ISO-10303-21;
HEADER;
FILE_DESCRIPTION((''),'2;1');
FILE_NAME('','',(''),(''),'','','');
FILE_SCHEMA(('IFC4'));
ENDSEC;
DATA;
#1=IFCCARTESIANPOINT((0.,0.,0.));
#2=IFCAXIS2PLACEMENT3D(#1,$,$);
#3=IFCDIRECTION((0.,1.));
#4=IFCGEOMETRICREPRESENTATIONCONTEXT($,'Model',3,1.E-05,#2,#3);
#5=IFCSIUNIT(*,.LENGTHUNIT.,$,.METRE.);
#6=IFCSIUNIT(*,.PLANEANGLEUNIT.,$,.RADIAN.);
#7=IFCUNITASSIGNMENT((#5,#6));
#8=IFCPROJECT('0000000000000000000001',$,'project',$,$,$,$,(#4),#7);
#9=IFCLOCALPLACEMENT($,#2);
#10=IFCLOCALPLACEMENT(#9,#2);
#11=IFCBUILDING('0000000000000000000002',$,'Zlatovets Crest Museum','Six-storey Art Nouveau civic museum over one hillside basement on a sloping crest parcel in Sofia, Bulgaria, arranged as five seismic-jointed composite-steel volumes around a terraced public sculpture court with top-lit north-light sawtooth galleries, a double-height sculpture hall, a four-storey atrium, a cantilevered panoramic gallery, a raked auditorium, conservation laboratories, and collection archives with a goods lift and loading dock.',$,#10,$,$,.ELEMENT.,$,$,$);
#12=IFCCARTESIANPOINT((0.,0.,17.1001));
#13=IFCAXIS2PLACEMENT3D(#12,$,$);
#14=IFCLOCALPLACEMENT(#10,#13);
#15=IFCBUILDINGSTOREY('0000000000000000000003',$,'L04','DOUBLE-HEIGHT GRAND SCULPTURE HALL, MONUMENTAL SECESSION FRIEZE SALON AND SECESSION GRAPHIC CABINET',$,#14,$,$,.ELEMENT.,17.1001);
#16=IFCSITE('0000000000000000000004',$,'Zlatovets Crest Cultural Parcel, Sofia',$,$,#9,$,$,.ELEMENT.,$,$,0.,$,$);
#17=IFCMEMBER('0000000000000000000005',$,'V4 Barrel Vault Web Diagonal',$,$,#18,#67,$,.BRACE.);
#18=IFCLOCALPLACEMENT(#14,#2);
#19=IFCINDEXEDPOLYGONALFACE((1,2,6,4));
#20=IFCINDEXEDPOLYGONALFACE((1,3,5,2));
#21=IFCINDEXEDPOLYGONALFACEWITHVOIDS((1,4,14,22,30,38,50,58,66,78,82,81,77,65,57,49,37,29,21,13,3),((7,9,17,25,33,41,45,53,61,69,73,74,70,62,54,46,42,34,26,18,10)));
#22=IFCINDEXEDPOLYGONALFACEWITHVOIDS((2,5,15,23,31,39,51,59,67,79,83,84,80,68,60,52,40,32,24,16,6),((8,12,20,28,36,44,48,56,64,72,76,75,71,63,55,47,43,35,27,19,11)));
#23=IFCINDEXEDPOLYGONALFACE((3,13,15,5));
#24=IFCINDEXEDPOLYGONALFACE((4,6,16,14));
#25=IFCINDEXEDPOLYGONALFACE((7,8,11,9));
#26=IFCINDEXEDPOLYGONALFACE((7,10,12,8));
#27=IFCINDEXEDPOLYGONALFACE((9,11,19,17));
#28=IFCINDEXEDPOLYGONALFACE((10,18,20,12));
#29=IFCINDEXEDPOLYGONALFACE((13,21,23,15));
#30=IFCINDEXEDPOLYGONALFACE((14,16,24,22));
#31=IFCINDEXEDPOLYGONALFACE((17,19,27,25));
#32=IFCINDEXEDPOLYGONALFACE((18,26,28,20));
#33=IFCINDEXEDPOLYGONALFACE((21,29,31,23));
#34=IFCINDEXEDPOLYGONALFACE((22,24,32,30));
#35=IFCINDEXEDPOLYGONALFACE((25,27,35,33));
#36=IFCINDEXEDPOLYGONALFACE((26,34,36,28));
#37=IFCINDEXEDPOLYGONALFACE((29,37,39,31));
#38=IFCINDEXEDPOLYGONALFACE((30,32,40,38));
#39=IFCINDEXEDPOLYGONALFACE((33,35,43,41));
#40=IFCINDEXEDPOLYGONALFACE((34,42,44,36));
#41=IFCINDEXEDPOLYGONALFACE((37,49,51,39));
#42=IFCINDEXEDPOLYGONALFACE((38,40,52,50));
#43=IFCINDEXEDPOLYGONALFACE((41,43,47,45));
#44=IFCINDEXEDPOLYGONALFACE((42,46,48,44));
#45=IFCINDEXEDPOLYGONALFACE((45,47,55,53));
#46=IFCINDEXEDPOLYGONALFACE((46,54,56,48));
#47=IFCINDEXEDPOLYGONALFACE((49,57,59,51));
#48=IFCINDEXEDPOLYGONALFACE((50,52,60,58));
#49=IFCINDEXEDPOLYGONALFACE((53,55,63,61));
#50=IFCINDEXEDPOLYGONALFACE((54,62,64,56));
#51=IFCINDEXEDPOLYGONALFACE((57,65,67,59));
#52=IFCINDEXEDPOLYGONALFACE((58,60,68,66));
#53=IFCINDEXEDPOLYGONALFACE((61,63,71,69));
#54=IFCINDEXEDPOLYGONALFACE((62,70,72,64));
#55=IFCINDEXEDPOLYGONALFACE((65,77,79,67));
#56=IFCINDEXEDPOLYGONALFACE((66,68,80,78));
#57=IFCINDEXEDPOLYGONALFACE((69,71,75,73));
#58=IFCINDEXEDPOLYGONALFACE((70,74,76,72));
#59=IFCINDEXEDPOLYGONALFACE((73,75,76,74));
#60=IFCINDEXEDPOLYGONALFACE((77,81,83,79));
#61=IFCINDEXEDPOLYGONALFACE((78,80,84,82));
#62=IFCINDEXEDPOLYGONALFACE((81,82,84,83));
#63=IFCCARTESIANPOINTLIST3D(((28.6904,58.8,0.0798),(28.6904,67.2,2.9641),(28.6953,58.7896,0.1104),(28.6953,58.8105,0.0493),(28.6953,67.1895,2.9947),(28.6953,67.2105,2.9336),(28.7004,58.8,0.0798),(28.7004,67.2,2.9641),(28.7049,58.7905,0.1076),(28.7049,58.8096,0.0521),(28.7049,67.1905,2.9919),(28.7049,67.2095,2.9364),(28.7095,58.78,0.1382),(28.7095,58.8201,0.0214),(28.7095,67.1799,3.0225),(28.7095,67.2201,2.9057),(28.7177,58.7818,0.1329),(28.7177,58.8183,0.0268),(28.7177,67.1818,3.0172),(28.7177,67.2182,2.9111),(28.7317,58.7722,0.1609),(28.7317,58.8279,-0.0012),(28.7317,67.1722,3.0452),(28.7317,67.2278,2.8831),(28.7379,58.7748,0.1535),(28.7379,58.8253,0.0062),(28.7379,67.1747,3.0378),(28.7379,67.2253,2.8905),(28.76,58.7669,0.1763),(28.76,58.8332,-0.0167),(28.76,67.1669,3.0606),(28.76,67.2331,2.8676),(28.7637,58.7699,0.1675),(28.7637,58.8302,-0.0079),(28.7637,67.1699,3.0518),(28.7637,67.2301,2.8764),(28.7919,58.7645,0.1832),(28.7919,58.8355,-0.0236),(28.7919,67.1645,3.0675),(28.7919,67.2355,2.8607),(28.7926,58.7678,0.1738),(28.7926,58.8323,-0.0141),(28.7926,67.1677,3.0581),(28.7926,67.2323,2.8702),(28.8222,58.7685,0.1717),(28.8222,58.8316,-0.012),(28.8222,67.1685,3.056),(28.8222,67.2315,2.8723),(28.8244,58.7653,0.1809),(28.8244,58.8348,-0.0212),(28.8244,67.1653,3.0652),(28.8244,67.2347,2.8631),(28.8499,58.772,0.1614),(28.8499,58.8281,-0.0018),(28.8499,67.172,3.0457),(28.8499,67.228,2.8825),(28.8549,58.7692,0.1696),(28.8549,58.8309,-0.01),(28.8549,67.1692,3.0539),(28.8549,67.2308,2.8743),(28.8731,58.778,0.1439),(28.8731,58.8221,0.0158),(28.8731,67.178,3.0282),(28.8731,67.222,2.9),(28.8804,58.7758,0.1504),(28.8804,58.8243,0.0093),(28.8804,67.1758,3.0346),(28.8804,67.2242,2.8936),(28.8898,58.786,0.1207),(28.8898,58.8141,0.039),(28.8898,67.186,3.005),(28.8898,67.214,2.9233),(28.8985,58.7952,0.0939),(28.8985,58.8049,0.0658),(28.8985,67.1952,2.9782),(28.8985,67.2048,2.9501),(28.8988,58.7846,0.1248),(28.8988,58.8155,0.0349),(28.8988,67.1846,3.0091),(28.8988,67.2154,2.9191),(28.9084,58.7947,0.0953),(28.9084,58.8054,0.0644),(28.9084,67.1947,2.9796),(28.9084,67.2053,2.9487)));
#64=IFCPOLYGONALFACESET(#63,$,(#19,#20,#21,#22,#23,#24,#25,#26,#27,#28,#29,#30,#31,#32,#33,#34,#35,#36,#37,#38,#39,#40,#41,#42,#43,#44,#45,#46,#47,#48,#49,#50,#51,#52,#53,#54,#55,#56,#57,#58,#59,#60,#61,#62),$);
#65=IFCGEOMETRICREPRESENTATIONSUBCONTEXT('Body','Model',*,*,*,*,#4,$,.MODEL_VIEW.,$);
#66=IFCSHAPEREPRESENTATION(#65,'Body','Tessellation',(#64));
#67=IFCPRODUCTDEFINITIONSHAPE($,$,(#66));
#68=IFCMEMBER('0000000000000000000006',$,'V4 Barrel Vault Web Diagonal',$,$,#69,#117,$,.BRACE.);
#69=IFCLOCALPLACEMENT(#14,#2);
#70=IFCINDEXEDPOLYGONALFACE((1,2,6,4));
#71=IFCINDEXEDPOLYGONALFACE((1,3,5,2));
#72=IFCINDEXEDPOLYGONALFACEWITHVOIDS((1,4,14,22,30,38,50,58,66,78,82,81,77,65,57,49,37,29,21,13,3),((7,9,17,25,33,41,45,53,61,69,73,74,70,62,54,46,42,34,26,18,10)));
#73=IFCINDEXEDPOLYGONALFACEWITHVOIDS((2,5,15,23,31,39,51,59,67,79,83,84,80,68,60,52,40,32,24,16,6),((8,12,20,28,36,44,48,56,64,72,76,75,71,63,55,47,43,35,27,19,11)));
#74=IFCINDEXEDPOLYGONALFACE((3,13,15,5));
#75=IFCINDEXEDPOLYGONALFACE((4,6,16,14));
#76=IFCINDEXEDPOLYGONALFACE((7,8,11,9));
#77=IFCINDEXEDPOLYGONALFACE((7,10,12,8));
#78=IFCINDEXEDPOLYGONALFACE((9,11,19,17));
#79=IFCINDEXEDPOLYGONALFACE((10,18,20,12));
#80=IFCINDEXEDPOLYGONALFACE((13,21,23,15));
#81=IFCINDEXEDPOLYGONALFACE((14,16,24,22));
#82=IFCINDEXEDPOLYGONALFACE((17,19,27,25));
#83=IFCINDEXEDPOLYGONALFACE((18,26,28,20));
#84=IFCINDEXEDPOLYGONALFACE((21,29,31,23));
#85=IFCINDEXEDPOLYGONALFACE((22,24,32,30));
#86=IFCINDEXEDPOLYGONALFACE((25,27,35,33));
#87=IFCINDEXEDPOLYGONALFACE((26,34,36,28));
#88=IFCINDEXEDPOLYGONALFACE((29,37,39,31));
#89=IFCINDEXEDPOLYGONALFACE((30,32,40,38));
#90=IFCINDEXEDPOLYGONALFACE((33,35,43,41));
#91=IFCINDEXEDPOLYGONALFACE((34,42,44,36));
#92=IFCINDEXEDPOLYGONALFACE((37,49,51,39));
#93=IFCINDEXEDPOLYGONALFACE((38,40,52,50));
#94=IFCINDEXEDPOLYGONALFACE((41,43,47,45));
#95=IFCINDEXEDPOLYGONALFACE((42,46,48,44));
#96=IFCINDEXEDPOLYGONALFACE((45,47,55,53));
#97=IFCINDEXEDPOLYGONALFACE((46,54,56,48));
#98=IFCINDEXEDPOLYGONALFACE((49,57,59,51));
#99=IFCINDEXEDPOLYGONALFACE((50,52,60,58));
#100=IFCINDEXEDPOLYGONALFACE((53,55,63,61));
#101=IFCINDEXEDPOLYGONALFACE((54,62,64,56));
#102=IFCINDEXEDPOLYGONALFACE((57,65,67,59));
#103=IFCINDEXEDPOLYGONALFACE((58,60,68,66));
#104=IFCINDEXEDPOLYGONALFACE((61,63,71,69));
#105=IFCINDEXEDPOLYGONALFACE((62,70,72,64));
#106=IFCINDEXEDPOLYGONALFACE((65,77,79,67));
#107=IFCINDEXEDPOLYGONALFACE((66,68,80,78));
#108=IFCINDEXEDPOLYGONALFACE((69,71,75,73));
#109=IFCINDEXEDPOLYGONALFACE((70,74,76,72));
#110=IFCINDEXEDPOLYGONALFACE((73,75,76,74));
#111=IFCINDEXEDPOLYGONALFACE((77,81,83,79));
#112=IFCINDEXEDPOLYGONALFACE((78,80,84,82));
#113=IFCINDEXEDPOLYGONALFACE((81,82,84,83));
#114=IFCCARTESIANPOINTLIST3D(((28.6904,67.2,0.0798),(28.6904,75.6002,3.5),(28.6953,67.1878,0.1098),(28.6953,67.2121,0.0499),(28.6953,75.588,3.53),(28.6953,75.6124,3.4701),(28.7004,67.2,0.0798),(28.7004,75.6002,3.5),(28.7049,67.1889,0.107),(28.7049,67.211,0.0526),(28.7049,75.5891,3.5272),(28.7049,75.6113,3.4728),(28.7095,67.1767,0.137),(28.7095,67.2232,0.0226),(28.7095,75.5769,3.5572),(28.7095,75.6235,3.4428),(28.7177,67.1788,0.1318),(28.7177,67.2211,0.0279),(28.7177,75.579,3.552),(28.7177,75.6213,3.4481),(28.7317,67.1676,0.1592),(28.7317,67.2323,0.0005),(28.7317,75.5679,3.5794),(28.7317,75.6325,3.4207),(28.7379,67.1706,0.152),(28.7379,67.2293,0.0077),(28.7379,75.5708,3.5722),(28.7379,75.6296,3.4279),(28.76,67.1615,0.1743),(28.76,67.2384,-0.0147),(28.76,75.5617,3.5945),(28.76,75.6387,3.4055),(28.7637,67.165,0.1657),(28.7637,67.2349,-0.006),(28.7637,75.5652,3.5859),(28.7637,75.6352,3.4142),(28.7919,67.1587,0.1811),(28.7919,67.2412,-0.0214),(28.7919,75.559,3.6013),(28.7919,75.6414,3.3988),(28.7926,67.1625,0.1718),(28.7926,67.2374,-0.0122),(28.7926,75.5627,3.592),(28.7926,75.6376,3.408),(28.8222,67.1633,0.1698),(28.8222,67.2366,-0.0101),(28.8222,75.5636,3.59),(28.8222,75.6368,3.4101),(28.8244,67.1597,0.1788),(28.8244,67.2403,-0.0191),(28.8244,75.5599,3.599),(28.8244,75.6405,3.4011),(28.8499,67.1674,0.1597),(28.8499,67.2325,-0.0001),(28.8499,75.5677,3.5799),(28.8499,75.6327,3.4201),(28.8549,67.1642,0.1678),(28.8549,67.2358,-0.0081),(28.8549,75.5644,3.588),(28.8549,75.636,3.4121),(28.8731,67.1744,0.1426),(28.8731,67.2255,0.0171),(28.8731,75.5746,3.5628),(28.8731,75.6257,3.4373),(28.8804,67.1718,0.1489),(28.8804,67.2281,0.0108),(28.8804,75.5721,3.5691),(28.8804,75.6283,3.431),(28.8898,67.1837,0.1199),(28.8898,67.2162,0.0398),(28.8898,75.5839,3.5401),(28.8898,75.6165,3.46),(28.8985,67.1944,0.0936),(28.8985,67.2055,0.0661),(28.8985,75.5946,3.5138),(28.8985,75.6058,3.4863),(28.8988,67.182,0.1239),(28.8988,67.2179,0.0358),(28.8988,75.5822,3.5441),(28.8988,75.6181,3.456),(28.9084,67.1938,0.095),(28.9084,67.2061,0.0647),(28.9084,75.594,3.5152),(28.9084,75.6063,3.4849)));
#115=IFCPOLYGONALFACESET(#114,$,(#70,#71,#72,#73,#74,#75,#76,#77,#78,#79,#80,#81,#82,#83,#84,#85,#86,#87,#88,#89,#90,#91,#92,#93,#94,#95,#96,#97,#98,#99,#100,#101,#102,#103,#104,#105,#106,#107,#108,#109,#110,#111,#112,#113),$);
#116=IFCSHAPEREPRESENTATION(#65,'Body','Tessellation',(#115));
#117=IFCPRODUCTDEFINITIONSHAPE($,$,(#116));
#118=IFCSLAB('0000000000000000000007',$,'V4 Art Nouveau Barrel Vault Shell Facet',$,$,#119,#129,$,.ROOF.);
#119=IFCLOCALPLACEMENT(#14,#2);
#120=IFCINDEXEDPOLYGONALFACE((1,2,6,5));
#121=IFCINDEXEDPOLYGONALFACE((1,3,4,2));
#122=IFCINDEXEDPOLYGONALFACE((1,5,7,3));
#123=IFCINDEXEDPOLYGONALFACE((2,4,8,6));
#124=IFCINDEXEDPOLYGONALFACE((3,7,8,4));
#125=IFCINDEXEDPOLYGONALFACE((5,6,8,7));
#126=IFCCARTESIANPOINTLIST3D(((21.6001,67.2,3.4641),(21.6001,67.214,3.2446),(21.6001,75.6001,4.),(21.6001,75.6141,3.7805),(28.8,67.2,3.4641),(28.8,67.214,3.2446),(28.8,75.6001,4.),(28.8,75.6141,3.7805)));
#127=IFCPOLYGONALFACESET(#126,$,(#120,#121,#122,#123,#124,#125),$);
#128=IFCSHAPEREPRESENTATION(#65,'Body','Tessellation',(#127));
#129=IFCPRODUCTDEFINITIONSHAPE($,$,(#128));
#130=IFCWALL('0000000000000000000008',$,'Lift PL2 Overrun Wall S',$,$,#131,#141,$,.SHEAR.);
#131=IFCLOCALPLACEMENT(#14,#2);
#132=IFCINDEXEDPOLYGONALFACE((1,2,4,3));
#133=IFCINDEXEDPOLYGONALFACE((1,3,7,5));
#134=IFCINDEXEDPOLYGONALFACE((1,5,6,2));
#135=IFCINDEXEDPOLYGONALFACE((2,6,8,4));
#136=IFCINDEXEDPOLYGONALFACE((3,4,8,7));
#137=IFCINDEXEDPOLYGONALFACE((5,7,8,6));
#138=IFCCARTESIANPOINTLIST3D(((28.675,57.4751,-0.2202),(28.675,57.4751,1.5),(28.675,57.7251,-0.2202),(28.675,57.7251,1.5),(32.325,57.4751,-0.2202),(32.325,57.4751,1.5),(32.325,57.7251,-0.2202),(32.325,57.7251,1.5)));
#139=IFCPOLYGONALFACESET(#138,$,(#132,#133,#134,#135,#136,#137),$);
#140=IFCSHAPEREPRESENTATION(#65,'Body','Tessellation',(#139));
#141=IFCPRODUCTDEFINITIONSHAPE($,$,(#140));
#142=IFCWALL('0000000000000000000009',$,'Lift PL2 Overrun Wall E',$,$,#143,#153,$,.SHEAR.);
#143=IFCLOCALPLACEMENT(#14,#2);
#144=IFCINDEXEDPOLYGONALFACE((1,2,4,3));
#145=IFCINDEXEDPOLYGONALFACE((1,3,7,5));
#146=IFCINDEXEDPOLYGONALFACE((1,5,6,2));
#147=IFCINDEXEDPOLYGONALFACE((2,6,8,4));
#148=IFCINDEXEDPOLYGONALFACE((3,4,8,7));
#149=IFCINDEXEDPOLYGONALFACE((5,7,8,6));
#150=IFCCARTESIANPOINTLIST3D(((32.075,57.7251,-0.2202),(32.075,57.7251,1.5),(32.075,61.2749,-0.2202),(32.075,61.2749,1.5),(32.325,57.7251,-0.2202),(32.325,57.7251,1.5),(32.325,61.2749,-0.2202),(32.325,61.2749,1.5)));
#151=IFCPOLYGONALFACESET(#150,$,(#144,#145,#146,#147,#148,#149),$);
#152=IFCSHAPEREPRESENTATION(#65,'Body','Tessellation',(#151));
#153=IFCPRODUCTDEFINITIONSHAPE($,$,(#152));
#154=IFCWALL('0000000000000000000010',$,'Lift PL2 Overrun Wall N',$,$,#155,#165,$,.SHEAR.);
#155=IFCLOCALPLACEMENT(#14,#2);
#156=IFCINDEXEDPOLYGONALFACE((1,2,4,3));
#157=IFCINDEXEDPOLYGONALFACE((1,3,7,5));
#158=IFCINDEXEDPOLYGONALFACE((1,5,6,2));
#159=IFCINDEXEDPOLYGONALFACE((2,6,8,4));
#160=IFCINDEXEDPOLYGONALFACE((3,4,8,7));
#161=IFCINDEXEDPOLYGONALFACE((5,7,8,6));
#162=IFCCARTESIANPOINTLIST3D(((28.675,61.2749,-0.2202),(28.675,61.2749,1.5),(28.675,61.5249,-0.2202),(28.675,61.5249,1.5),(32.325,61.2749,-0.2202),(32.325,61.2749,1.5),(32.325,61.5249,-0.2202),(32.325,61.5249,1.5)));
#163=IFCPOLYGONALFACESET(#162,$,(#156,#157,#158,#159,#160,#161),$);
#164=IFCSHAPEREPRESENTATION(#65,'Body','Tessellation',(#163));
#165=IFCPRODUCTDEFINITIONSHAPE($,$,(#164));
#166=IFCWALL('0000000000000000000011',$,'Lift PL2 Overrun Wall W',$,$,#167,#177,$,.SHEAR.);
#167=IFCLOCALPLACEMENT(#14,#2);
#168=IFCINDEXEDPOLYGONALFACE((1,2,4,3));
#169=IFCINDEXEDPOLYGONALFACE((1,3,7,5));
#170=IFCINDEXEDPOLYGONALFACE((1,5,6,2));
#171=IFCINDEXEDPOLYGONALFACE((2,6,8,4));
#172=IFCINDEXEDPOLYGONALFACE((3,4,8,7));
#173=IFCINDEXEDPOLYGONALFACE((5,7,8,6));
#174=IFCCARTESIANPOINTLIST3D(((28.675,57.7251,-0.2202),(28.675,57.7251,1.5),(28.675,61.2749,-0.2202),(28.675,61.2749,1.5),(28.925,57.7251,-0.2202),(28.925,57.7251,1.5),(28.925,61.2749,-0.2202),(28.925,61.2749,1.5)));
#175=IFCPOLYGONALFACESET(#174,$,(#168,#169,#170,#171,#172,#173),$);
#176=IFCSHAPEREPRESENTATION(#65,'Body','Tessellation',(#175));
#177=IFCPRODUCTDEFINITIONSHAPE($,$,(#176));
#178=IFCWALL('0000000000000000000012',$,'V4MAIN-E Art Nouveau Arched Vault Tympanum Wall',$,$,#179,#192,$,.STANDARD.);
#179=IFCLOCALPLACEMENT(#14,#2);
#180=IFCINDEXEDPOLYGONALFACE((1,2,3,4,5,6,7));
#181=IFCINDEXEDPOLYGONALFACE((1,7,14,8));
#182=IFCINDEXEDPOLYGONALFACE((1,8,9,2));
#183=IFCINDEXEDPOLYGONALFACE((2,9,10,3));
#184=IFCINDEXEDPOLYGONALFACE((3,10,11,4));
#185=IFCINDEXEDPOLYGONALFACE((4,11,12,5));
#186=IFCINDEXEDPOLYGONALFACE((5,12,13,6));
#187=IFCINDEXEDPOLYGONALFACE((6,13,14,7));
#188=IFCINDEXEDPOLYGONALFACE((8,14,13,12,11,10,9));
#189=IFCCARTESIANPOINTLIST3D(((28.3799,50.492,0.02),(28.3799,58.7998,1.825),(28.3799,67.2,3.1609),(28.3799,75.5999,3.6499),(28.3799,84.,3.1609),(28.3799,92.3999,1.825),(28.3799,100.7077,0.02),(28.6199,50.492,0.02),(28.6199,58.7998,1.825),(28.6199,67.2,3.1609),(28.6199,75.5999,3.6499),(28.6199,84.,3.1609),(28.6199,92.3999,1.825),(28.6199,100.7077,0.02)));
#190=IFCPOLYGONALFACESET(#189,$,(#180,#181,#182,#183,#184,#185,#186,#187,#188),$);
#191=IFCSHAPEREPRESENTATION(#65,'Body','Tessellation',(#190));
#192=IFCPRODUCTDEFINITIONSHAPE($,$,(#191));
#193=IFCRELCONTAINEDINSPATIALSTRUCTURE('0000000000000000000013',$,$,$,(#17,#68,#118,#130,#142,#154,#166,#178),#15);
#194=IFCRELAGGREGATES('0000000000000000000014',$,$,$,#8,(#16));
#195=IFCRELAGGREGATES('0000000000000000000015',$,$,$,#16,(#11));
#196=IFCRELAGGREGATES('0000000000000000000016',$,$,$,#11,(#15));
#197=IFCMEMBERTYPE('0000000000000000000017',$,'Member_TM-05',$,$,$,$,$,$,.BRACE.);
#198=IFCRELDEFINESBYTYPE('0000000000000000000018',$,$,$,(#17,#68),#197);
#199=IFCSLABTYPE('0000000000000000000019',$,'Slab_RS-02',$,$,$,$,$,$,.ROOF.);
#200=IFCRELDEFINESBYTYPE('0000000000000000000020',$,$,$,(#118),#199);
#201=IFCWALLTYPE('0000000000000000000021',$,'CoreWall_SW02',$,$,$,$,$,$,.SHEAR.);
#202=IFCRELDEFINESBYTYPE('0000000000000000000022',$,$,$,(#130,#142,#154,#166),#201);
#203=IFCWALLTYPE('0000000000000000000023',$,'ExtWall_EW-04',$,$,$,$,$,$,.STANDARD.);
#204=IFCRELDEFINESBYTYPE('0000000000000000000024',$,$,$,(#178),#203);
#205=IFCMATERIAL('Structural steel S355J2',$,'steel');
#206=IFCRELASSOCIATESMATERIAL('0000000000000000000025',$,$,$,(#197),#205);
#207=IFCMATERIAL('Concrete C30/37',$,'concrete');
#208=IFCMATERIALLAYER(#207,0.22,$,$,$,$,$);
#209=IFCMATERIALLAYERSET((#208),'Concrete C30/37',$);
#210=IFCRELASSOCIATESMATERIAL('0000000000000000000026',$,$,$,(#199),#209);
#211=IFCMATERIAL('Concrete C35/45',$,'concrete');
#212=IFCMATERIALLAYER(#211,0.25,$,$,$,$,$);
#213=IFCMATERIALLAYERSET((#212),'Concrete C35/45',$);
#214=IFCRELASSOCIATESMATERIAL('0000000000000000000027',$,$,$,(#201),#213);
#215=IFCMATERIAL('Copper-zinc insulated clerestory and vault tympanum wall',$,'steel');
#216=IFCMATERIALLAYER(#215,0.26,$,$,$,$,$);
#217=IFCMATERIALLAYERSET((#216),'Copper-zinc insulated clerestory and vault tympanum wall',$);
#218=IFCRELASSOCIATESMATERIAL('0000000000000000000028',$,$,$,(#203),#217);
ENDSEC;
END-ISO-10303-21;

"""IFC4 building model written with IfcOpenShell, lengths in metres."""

from ifc_helpers import new_model, si_unit, direction, frame, frame_2d, origin, origin_2d, place, context, subcontext, project, spatial, polyline, rectangle, hollow_circle, outline, extrude, material, layer, layer_set, material_profile, profile_set, type_object, element, save


model = new_model("IFC4")

# Units and contexts
model_context = context("Model", 3, precision=1e-05, world=origin(), true_north=direction((0.0, 1.0)))
body_context = subcontext(model_context, "Body", "Model", "MODEL_VIEW")
ifc_project = project(units=[si_unit("LENGTHUNIT", "METRE"), si_unit("PLANEANGLEUNIT", "RADIAN")], contexts=[model_context])

# Site, building, storey
site_placement = place(None, origin())
site = spatial("IfcSite", under=ifc_project, at=site_placement, Name="Zlatovets Crest Cultural Parcel, Sofia", CompositionType="ELEMENT", RefElevation=0.0)
building_placement = place(site_placement, origin())
building = spatial("IfcBuilding", under=site, at=building_placement, Name="Zlatovets Crest Museum", Description="Six-storey Art Nouveau civic museum over one hillside basement on a sloping crest parcel in Sofia, Bulgaria, arranged as five seismic-jointed composite-steel volumes around a terraced public sculpture court with top-lit north-light sawtooth galleries, a double-height sculpture hall, a four-storey atrium, a cantilevered panoramic gallery, a raked auditorium, conservation laboratories, and collection archives with a goods lift and loading dock.", CompositionType="ELEMENT")
storey_placement = place(building_placement, frame((0.0, 0.0, 17.1001)))
storey = spatial("IfcBuildingStorey", under=building, at=storey_placement, Name="L04", Description="DOUBLE-HEIGHT GRAND SCULPTURE HALL, MONUMENTAL SECESSION FRIEZE SALON AND SECESSION GRAPHIC CABINET", CompositionType="ELEMENT", Elevation=17.1001)

# Shared definitions
ifc_material_1 = material(Name="Structural steel S355J2", Category="steel")

# Members
ifc_material_profile_1 = material_profile(ifc_material_1, hollow_circle(Radius=0.1096, WallThickness=0.01, at=origin_2d()), Name="CHS 219.1x10.0")
ifc_profile_set_1 = profile_set([ifc_material_profile_1], Name="Structural steel S355J2")
member_type_1 = type_object("IfcMemberType", Name="Member_TM-05", PredefinedType="BRACE", material=ifc_profile_set_1)
member_1_placement = place(storey_placement, frame((28.8, 58.8, 0.0798), z_axis=(0.0, 0.945797, 0.324759), x_axis=(-1.0, 0.0, 0.0)))
element("IfcMember", 1, at=member_1_placement, inside=storey, type_object=member_type_1, Name="V4 Barrel Vault Web Diagonal", PredefinedType="BRACE", context=body_context, shape_type="SweptSolid", body=[
    extrude(hollow_circle(Radius=0.1096, WallThickness=0.01, at=origin_2d()), origin(), (0.0, 0.0, 1.0), 8.8813),
])
member_2_placement = place(storey_placement, frame((28.8, 67.2, 0.0798), z_axis=(0.0, 0.926174, 0.377097), x_axis=(-1.0, 0.0, 0.0)))
element("IfcMember", 2, at=member_2_placement, inside=storey, type_object=member_type_1, Name="V4 Barrel Vault Web Diagonal", PredefinedType="BRACE", context=body_context, shape_type="SweptSolid", body=[
    extrude(hollow_circle(Radius=0.1096, WallThickness=0.01, at=origin_2d()), origin(), (0.0, 0.0, 1.0), 9.0698),
])

# Slab
ifc_material_2 = material(Name="Concrete C30/37", Category="concrete")
ifc_layer_1 = layer(ifc_material_2, 0.22)
ifc_layer_set_1 = layer_set([ifc_layer_1], Name="Concrete C30/37")
slab_type = type_object("IfcSlabType", Name="Slab_RS-02", PredefinedType="ROOF", material=ifc_layer_set_1)
slab_placement = place(storey_placement, frame((21.6001, 67.2, 3.4641), z_axis=(0.0, -0.063666, 0.997971), x_axis=(1.0, 0.0, 0.0)))
element("IfcSlab", 3, at=slab_placement, inside=storey, type_object=slab_type, Name="V4 Art Nouveau Barrel Vault Shell Facet", PredefinedType="ROOF", context=body_context, shape_type="SweptSolid", body=[
    extrude(outline(polyline([(0.0, 0.0), (7.2, 0.0), (7.2, 8.4172), (0.0, 8.4172), (0.0, 0.0)])), origin(), (0.0, 0.0, -1.0), 0.22),
])

# Walls
ifc_material_3 = material(Name="Concrete C35/45", Category="concrete")
ifc_layer_2 = layer(ifc_material_3, 0.25)
ifc_layer_set_2 = layer_set([ifc_layer_2], Name="Concrete C35/45")
wall_type_1 = type_object("IfcWallType", Name="CoreWall_SW02", PredefinedType="SHEAR", material=ifc_layer_set_2)
wall_1_placement = place(storey_placement, frame((28.675, 57.6001, -0.2202), z_axis=(0.0, 0.0, 1.0), x_axis=(1.0, 0.0, 0.0)))
element("IfcWall", 4, at=wall_1_placement, inside=storey, type_object=wall_type_1, Name="Lift PL2 Overrun Wall S", PredefinedType="SHEAR", context=body_context, shape_type="SweptSolid", body=[
    extrude(rectangle(XDim=3.6499, YDim=0.25, at=frame_2d((1.825, 0.0))), origin(), (0.0, 0.0, 1.0), 1.7202),
])
wall_2_placement = place(storey_placement, frame((32.2, 57.7251, -0.2202), z_axis=(0.0, 0.0, 1.0), x_axis=(0.0, 1.0, 0.0)))
element("IfcWall", 5, at=wall_2_placement, inside=storey, type_object=wall_type_1, Name="Lift PL2 Overrun Wall E", PredefinedType="SHEAR", context=body_context, shape_type="SweptSolid", body=[
    extrude(rectangle(XDim=3.5498, YDim=0.25, at=frame_2d((1.7749, 0.0))), origin(), (0.0, 0.0, 1.0), 1.7202),
])
wall_3_placement = place(storey_placement, frame((32.325, 61.3999, -0.2202), z_axis=(0.0, 0.0, 1.0), x_axis=(-1.0, 0.0, 0.0)))
element("IfcWall", 6, at=wall_3_placement, inside=storey, type_object=wall_type_1, Name="Lift PL2 Overrun Wall N", PredefinedType="SHEAR", context=body_context, shape_type="SweptSolid", body=[
    extrude(rectangle(XDim=3.6499, YDim=0.25, at=frame_2d((1.825, 0.0))), origin(), (0.0, 0.0, 1.0), 1.7202),
])
wall_4_placement = place(storey_placement, frame((28.8, 61.2749, -0.2202), z_axis=(0.0, 0.0, 1.0), x_axis=(0.0, -1.0, 0.0)))
element("IfcWall", 7, at=wall_4_placement, inside=storey, type_object=wall_type_1, Name="Lift PL2 Overrun Wall W", PredefinedType="SHEAR", context=body_context, shape_type="SweptSolid", body=[
    extrude(rectangle(XDim=3.5498, YDim=0.25, at=frame_2d((1.7749, 0.0))), origin(), (0.0, 0.0, 1.0), 1.7202),
])
ifc_material_4 = material(Name="Copper-zinc insulated clerestory and vault tympanum wall", Category="steel")
ifc_layer_3 = layer(ifc_material_4, 0.26)
ifc_layer_set_3 = layer_set([ifc_layer_3], Name="Copper-zinc insulated clerestory and vault tympanum wall")
wall_type_2 = type_object("IfcWallType", Name="ExtWall_EW-04", PredefinedType="STANDARD", material=ifc_layer_set_3)
wall_5_placement = place(storey_placement, frame((28.5, 50.3999, 0.02), z_axis=(0.0, 0.0, 1.0), x_axis=(0.0, 1.0, 0.0)))
element("IfcWall", 8, at=wall_5_placement, inside=storey, type_object=wall_type_2, Name="V4MAIN-E Art Nouveau Arched Vault Tympanum Wall", PredefinedType="STANDARD", context=body_context, shape_type="SweptSolid", body=[
    extrude(outline(polyline([(0.0, 0.0), (50.4001, 0.0), (50.3999, -0.02), (42.0, 1.8049), (33.6001, 3.1409), (25.2, 3.6299), (16.8, 3.1409), (8.3999, 1.8049), (0.0, -0.02), (0.0, 0.0)])), frame((0.0, 0.1201, 0.0), z_axis=(0.0, -1.0, 0.0), x_axis=(1.0, 0.0, 0.0)), (0.0, 0.0, 1.0), 0.24),
])

save(model, "model.ifc")
